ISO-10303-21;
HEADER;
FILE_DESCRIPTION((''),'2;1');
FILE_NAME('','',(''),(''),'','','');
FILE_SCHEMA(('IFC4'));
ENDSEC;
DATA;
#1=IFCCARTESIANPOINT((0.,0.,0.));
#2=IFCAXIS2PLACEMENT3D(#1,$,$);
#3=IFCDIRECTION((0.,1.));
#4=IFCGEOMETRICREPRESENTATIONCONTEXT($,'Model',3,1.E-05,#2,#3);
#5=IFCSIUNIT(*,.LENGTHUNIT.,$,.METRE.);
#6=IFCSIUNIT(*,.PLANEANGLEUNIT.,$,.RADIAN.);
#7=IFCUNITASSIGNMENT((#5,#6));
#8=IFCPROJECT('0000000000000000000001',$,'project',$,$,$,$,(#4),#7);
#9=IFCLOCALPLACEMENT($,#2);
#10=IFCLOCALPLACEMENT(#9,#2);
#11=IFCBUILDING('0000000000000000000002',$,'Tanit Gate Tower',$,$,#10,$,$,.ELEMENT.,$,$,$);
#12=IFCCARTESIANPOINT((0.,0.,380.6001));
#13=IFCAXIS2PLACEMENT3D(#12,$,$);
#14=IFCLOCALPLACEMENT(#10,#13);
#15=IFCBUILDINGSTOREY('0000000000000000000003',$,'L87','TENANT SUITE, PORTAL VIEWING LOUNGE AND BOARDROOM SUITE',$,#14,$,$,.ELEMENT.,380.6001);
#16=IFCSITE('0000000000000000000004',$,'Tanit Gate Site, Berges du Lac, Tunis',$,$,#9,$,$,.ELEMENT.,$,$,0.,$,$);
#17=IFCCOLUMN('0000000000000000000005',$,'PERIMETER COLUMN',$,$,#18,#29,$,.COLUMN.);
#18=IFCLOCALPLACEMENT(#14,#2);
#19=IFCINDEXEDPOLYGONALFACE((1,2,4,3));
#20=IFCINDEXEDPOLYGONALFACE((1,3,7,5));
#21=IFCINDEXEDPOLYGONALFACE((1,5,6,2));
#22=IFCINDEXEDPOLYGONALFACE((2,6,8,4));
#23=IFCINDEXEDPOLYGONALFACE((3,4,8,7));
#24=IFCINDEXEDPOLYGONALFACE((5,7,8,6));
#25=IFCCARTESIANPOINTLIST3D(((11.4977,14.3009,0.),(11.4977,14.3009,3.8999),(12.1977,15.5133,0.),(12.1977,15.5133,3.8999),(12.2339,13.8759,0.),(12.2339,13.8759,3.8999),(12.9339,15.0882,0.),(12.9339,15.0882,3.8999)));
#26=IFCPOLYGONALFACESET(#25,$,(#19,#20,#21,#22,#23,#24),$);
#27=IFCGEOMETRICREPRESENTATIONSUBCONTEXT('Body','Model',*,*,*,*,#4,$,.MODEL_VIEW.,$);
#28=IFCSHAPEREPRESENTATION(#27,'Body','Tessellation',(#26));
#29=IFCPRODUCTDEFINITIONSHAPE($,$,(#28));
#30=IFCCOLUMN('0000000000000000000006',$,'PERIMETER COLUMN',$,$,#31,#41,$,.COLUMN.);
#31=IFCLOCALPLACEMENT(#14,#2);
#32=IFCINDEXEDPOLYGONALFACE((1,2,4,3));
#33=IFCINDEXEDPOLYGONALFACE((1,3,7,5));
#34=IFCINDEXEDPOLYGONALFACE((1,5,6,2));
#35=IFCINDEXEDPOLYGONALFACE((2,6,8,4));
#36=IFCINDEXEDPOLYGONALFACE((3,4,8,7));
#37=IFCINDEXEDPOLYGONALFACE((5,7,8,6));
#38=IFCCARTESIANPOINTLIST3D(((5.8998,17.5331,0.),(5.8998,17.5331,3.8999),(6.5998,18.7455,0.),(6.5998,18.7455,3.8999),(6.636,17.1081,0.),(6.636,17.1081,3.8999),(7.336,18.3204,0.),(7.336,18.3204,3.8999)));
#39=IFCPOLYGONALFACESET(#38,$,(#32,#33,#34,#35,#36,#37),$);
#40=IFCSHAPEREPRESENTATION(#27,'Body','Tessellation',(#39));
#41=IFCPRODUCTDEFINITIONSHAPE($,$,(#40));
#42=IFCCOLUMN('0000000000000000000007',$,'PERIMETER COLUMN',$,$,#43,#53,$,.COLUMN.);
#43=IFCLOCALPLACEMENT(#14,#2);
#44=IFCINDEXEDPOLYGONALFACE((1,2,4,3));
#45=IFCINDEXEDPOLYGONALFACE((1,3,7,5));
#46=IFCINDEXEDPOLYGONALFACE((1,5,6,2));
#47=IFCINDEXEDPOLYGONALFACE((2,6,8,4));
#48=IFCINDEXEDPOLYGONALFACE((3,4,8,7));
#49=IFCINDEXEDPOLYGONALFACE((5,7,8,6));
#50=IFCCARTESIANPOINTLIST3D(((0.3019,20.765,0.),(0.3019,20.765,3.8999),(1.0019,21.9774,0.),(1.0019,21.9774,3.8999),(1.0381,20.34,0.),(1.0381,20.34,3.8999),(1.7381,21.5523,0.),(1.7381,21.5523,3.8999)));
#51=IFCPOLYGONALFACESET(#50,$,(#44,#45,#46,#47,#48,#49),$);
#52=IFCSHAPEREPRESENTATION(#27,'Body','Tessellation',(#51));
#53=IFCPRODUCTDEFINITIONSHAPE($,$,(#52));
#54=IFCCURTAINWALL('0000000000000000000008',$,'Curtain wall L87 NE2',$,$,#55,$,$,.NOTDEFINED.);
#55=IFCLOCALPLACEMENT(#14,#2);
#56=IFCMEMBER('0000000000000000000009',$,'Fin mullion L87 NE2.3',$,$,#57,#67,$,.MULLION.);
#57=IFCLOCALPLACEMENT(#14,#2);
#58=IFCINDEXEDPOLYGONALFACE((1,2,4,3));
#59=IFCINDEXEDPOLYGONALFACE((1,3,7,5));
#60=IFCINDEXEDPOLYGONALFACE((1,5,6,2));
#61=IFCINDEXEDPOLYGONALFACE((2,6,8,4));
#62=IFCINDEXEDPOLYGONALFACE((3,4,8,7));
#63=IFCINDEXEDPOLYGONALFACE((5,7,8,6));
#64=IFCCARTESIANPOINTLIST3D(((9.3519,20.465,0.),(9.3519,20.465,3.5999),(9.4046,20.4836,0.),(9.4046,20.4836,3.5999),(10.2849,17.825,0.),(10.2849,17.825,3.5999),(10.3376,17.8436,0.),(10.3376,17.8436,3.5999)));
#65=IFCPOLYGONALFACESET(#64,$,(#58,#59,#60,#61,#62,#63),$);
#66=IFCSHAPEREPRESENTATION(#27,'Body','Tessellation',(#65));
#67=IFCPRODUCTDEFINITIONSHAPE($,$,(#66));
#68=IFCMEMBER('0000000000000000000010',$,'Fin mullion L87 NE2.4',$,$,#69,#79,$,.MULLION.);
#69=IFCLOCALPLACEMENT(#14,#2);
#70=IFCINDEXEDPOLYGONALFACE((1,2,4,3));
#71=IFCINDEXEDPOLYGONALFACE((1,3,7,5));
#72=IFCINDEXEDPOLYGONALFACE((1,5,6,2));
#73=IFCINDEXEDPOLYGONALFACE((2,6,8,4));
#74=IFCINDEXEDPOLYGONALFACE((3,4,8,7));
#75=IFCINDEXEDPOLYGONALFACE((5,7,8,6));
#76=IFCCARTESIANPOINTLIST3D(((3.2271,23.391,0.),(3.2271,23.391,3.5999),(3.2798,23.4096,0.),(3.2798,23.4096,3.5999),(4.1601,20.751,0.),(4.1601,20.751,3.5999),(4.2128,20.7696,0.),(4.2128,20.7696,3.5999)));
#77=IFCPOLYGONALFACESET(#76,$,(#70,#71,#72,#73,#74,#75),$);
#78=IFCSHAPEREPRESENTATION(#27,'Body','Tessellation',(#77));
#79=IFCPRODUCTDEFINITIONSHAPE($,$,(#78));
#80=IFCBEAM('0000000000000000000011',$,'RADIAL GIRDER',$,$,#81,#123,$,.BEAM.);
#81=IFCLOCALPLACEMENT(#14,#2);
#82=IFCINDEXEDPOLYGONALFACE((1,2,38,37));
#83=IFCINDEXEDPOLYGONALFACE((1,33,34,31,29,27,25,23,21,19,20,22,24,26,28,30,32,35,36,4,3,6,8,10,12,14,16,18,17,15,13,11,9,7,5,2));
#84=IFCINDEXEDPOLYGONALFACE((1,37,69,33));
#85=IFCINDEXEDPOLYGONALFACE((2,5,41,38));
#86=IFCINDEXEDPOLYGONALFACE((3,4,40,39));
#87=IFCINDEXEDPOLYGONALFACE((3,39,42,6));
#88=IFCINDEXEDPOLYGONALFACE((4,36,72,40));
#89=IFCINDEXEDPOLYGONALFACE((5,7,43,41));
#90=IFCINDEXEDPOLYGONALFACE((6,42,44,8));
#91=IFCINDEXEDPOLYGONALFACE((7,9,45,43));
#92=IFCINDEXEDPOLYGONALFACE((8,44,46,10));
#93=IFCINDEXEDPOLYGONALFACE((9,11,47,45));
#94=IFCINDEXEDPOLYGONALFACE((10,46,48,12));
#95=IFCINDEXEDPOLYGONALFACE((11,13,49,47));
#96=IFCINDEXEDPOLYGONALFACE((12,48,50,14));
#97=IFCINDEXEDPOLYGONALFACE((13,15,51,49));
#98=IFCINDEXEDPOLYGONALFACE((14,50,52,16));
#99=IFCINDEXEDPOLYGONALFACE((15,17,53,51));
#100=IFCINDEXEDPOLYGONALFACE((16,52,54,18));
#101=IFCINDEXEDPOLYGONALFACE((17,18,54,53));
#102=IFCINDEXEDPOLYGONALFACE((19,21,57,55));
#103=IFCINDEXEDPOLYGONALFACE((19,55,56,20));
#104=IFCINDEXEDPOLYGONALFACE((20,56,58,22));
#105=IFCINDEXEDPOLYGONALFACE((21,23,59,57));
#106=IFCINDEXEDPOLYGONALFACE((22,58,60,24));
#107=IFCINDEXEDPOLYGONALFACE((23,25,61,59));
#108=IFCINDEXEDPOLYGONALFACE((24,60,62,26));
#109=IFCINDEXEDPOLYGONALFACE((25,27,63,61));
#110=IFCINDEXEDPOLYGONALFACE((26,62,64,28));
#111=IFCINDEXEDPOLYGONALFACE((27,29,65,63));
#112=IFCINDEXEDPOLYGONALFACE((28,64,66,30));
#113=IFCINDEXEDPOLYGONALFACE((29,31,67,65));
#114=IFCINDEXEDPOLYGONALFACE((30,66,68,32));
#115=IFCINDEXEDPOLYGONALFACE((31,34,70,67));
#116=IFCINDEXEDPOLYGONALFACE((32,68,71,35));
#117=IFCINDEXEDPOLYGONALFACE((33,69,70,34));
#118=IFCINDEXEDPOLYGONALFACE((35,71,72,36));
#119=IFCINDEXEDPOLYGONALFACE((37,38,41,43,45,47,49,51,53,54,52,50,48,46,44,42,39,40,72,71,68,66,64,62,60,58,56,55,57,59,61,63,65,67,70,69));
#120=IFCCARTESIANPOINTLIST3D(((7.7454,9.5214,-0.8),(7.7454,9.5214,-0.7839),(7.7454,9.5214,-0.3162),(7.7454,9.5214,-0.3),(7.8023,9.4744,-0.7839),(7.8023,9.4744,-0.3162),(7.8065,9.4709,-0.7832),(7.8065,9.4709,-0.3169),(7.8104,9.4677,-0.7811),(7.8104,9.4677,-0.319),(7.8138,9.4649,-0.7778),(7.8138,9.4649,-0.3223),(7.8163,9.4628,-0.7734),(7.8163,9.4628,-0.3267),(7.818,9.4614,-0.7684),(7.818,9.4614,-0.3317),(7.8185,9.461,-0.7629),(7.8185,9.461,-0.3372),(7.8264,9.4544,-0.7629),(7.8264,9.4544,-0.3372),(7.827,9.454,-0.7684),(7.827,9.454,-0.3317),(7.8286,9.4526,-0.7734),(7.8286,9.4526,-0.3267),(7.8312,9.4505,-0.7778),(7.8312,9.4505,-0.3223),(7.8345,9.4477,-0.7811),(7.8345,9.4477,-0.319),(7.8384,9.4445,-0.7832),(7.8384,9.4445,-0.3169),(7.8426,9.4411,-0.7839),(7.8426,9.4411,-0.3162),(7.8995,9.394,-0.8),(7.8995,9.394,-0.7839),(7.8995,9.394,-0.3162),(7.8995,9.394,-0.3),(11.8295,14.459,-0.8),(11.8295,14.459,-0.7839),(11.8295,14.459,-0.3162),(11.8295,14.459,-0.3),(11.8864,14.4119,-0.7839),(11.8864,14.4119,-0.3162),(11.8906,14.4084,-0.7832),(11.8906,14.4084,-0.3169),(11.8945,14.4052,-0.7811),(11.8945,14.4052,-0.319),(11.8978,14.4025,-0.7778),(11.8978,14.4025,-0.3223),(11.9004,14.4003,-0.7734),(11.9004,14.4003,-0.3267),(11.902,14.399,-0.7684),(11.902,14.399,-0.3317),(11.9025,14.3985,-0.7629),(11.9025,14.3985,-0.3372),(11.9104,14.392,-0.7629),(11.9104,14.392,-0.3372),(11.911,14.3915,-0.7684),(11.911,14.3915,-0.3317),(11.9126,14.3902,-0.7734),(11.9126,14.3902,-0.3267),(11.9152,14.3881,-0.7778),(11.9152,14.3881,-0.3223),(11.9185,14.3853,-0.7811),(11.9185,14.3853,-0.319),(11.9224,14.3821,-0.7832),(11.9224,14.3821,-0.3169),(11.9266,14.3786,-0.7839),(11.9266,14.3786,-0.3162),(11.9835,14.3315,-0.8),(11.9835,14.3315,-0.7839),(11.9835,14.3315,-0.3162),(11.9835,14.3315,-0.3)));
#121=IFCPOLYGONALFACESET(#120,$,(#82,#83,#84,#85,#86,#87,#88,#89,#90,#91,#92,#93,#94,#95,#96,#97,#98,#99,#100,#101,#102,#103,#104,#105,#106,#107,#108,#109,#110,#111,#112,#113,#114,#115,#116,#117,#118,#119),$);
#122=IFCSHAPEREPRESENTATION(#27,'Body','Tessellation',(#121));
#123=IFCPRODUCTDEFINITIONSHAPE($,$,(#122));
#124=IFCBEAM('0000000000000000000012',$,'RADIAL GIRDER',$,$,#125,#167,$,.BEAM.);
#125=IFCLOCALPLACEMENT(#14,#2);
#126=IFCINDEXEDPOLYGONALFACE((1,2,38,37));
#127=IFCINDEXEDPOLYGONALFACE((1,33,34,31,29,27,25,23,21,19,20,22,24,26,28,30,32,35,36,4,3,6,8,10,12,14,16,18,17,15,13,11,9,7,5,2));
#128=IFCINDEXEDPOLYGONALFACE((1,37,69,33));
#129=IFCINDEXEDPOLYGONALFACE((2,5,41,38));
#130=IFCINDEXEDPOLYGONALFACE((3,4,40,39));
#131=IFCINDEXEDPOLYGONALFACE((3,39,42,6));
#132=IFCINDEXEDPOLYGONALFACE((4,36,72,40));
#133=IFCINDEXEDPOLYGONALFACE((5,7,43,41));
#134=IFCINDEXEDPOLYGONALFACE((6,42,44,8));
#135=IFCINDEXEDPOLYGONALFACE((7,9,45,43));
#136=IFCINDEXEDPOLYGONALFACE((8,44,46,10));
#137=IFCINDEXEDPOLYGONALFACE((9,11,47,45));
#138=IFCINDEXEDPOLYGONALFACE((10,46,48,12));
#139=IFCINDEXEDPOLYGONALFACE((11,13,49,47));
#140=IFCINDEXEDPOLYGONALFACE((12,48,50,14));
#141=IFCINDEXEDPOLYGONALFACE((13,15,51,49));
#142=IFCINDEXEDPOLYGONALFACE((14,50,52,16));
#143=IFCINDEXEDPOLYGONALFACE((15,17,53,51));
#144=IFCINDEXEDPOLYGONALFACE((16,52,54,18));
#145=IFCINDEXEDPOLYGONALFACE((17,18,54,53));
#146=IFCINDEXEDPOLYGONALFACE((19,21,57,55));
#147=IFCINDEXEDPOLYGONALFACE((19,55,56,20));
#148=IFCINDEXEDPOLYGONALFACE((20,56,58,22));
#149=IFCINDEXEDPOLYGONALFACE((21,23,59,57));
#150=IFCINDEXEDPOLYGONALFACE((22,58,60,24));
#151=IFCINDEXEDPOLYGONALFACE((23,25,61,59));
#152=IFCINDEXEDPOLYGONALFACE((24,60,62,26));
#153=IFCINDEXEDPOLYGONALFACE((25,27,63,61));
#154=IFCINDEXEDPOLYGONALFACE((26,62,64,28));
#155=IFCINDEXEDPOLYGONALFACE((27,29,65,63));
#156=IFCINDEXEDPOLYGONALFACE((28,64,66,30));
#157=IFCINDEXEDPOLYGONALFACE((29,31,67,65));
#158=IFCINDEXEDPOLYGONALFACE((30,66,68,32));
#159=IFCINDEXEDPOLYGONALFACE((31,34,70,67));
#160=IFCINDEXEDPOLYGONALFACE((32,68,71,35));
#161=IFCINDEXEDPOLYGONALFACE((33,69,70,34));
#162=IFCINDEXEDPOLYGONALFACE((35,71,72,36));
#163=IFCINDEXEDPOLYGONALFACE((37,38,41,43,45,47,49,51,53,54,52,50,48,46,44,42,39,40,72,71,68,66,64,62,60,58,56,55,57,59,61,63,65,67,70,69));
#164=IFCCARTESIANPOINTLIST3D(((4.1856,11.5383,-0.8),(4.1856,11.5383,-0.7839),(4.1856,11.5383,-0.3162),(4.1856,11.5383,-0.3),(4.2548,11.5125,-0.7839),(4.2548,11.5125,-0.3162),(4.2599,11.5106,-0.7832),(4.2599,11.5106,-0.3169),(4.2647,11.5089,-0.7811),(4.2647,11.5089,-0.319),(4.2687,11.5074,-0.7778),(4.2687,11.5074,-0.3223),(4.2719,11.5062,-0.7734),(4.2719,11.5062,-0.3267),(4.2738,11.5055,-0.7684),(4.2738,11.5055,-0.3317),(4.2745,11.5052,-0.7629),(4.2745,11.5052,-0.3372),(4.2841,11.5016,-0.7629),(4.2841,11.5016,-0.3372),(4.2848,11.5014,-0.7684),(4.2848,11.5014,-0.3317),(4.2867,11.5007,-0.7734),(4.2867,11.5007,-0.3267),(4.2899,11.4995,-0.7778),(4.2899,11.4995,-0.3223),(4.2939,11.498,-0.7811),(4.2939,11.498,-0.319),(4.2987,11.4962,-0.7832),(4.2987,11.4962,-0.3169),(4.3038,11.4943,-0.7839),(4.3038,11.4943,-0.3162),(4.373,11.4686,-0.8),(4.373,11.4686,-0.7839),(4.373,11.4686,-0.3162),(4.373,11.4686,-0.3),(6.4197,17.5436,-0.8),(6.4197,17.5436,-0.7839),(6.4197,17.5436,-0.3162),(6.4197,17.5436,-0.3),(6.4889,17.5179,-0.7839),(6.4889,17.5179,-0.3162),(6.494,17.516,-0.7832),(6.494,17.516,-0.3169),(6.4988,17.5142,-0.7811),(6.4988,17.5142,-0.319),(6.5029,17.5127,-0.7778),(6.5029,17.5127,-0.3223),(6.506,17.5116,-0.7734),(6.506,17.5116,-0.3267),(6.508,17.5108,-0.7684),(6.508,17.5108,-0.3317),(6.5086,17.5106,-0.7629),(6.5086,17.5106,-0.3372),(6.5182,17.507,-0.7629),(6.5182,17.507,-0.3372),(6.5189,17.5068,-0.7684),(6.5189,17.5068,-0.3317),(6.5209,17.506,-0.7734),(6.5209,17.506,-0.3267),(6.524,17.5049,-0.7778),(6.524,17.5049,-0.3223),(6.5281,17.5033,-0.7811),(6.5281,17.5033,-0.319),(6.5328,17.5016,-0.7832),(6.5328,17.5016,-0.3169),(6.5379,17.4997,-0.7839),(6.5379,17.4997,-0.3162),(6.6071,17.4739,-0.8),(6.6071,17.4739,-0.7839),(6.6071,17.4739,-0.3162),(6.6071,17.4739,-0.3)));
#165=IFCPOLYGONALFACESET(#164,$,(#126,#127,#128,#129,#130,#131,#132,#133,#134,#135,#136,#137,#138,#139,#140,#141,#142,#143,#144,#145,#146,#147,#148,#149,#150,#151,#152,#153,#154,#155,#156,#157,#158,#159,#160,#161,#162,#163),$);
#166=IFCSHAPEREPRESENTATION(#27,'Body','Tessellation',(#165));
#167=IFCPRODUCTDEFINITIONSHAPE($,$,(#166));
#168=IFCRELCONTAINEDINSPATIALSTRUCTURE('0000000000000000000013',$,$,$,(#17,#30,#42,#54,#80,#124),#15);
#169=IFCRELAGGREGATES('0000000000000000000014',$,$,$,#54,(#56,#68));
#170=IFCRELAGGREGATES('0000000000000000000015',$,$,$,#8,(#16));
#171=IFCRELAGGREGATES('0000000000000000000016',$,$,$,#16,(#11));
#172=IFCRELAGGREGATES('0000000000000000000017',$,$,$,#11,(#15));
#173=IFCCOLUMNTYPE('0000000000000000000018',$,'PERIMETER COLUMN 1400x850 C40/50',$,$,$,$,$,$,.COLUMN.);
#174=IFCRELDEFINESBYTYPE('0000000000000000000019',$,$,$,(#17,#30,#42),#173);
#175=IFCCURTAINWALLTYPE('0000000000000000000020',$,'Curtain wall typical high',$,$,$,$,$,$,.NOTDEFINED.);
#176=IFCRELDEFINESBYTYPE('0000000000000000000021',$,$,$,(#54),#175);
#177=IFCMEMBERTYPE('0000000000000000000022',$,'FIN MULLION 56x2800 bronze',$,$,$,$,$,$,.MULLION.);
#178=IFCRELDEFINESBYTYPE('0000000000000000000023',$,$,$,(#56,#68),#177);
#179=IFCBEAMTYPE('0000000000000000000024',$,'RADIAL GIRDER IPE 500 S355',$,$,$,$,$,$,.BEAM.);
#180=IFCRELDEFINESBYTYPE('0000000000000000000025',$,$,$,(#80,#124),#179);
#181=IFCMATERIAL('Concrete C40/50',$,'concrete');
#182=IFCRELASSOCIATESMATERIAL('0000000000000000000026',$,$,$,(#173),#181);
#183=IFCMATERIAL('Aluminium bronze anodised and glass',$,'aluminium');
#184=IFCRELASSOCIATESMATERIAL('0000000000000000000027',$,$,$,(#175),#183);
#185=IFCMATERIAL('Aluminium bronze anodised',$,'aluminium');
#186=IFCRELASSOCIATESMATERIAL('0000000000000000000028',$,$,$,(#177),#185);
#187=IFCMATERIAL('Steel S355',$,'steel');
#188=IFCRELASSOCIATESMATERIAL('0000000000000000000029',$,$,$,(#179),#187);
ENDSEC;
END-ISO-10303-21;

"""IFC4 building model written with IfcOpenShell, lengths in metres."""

from ifc_helpers import new_model, si_unit, direction, frame, origin, origin_2d, place, context, subcontext, project, spatial, rectangle, i_section, extrude, material, material_profile, profile_set, type_object, element, aggregate, save


model = new_model("IFC4")

# Units and contexts
model_context = context("Model", 3, precision=1e-05, world=origin(), true_north=direction((0.0, 1.0)))
body_context = subcontext(model_context, "Body", "Model", "MODEL_VIEW")
ifc_project = project(units=[si_unit("LENGTHUNIT", "METRE"), si_unit("PLANEANGLEUNIT", "RADIAN")], contexts=[model_context])

# Site, building, storey
site_placement = place(None, origin())
site = spatial("IfcSite", under=ifc_project, at=site_placement, Name="Tanit Gate Site, Berges du Lac, Tunis", CompositionType="ELEMENT", RefElevation=0.0)
building_placement = place(site_placement, origin())
building = spatial("IfcBuilding", under=site, at=building_placement, Name="Tanit Gate Tower", CompositionType="ELEMENT")
storey_placement = place(building_placement, frame((0.0, 0.0, 380.6001)))
storey = spatial("IfcBuildingStorey", under=building, at=storey_placement, Name="L87", Description="TENANT SUITE, PORTAL VIEWING LOUNGE AND BOARDROOM SUITE", CompositionType="ELEMENT", Elevation=380.6001)

# Columns
ifc_material_1 = material(Name="Concrete C40/50", Category="concrete")
ifc_material_profile_1 = material_profile(ifc_material_1, rectangle(XDim=1.3999, YDim=0.8501, at=origin_2d()), Name="RC 1400x850")
ifc_profile_set_1 = profile_set([ifc_material_profile_1], Name="Concrete C40/50")
column_type = type_object("IfcColumnType", Name="PERIMETER COLUMN 1400x850 C40/50", PredefinedType="COLUMN", material=ifc_profile_set_1)
for number, where, z_axis, x_axis, name in (
    (1, (12.2158, 14.6946, 0.0), (0.0, 0.0, 1.0), (0.5, 0.866025, 0.0), "PERIMETER COLUMN"),
    (2, (6.6179, 17.9268, 0.0), (0.0, 0.0, 1.0), (0.5, 0.866025, 0.0), "PERIMETER COLUMN"),
    (3, (1.02, 21.1587, 0.0), (0.0, 0.0, 1.0), (0.5, 0.866025, 0.0), "PERIMETER COLUMN"),
):
    element("IfcColumn", number, at=place(storey_placement, frame(where, z_axis=z_axis, x_axis=x_axis)), inside=storey, type_object=column_type, Name=name, PredefinedType="COLUMN", context=body_context, shape_type="SweptSolid", body=[
        extrude(rectangle(XDim=1.3999, YDim=0.8501, at=origin_2d()), origin(), (0.0, 0.0, 1.0), 3.8999),
    ])

# Curtain wall, members
ifc_material_2 = material(Name="Aluminium bronze anodised and glass", Category="aluminium")
curtain_wall_type = type_object("IfcCurtainWallType", Name="Curtain wall typical high", PredefinedType="NOTDEFINED", material=ifc_material_2)
curtain_wall_placement = place(storey_placement, origin())
curtain_wall = element("IfcCurtainWall", 4, at=curtain_wall_placement, inside=storey, type_object=curtain_wall_type, Name="Curtain wall L87 NE2", PredefinedType="NOTDEFINED")
ifc_material_3 = material(Name="Aluminium bronze anodised", Category="aluminium")
ifc_material_profile_2 = material_profile(ifc_material_3, rectangle(XDim=2.8, YDim=0.0559, at=origin_2d()), Name="56x2800 bronze fin mullion")
ifc_profile_set_2 = profile_set([ifc_material_profile_2], Name="Aluminium bronze anodised")
member_type_1 = type_object("IfcMemberType", Name="FIN MULLION 56x2800 bronze", PredefinedType="MULLION", material=ifc_profile_set_2)
member_1_placement = place(storey_placement, frame((9.8447, 19.1543, 0.0), z_axis=(0.0, 0.0, 1.0), x_axis=(0.33322, -0.942849, 0.0)))
member_1 = element("IfcMember", 5, at=member_1_placement, type_object=member_type_1, Name="Fin mullion L87 NE2.3", PredefinedType="MULLION", context=body_context, shape_type="SweptSolid", body=[
    extrude(rectangle(XDim=2.8, YDim=0.0559, at=origin_2d()), origin(), (0.0, 0.0, 1.0), 3.5999),
])
member_2_placement = place(storey_placement, frame((3.72, 22.0803, 0.0), z_axis=(0.0, 0.0, 1.0), x_axis=(0.33322, -0.942849, 0.0)))
member_2 = element("IfcMember", 6, at=member_2_placement, type_object=member_type_1, Name="Fin mullion L87 NE2.4", PredefinedType="MULLION", context=body_context, shape_type="SweptSolid", body=[
    extrude(rectangle(XDim=2.8, YDim=0.0559, at=origin_2d()), origin(), (0.0, 0.0, 1.0), 3.5999),
])

# Beams
ifc_material_4 = material(Name="Steel S355", Category="steel")
ifc_material_profile_3 = material_profile(ifc_material_4, i_section(OverallWidth=0.2, OverallDepth=0.5, WebThickness=0.0103, FlangeThickness=0.0161, FilletRadius=0.021, at=origin_2d()), Name="IPE 500")
ifc_profile_set_3 = profile_set([ifc_material_profile_3], Name="Steel S355")
beam_type = type_object("IfcBeamType", Name="RADIAL GIRDER IPE 500 S355", PredefinedType="BEAM", material=ifc_profile_set_3)
beam_1_placement = place(storey_placement, frame((11.9065, 14.3953, -0.55), z_axis=(-0.637362, -0.770565, 0.0), x_axis=(0.770565, -0.637362, 0.0)))
element("IfcBeam", 7, at=beam_1_placement, inside=storey, type_object=beam_type, Name="RADIAL GIRDER", PredefinedType="BEAM", context=body_context, shape_type="SweptSolid", body=[
    extrude(i_section(OverallWidth=0.2, OverallDepth=0.5, WebThickness=0.0103, FlangeThickness=0.0161, FilletRadius=0.021, at=origin_2d()), origin(), (0.0, 0.0, 1.0), 6.4077),
])
beam_2_placement = place(storey_placement, frame((6.5134, 17.5088, -0.55), z_axis=(-0.348675, -0.937244, 0.0), x_axis=(0.937244, -0.348675, 0.0)))
element("IfcBeam", 8, at=beam_2_placement, inside=storey, type_object=beam_type, Name="RADIAL GIRDER", PredefinedType="BEAM", context=body_context, shape_type="SweptSolid", body=[
    extrude(i_section(OverallWidth=0.2, OverallDepth=0.5, WebThickness=0.0103, FlangeThickness=0.0161, FilletRadius=0.021, at=origin_2d()), origin(), (0.0, 0.0, 1.0), 6.4075),
])

aggregate(curtain_wall, [member_1, member_2])

save(model, "model.ifc")
